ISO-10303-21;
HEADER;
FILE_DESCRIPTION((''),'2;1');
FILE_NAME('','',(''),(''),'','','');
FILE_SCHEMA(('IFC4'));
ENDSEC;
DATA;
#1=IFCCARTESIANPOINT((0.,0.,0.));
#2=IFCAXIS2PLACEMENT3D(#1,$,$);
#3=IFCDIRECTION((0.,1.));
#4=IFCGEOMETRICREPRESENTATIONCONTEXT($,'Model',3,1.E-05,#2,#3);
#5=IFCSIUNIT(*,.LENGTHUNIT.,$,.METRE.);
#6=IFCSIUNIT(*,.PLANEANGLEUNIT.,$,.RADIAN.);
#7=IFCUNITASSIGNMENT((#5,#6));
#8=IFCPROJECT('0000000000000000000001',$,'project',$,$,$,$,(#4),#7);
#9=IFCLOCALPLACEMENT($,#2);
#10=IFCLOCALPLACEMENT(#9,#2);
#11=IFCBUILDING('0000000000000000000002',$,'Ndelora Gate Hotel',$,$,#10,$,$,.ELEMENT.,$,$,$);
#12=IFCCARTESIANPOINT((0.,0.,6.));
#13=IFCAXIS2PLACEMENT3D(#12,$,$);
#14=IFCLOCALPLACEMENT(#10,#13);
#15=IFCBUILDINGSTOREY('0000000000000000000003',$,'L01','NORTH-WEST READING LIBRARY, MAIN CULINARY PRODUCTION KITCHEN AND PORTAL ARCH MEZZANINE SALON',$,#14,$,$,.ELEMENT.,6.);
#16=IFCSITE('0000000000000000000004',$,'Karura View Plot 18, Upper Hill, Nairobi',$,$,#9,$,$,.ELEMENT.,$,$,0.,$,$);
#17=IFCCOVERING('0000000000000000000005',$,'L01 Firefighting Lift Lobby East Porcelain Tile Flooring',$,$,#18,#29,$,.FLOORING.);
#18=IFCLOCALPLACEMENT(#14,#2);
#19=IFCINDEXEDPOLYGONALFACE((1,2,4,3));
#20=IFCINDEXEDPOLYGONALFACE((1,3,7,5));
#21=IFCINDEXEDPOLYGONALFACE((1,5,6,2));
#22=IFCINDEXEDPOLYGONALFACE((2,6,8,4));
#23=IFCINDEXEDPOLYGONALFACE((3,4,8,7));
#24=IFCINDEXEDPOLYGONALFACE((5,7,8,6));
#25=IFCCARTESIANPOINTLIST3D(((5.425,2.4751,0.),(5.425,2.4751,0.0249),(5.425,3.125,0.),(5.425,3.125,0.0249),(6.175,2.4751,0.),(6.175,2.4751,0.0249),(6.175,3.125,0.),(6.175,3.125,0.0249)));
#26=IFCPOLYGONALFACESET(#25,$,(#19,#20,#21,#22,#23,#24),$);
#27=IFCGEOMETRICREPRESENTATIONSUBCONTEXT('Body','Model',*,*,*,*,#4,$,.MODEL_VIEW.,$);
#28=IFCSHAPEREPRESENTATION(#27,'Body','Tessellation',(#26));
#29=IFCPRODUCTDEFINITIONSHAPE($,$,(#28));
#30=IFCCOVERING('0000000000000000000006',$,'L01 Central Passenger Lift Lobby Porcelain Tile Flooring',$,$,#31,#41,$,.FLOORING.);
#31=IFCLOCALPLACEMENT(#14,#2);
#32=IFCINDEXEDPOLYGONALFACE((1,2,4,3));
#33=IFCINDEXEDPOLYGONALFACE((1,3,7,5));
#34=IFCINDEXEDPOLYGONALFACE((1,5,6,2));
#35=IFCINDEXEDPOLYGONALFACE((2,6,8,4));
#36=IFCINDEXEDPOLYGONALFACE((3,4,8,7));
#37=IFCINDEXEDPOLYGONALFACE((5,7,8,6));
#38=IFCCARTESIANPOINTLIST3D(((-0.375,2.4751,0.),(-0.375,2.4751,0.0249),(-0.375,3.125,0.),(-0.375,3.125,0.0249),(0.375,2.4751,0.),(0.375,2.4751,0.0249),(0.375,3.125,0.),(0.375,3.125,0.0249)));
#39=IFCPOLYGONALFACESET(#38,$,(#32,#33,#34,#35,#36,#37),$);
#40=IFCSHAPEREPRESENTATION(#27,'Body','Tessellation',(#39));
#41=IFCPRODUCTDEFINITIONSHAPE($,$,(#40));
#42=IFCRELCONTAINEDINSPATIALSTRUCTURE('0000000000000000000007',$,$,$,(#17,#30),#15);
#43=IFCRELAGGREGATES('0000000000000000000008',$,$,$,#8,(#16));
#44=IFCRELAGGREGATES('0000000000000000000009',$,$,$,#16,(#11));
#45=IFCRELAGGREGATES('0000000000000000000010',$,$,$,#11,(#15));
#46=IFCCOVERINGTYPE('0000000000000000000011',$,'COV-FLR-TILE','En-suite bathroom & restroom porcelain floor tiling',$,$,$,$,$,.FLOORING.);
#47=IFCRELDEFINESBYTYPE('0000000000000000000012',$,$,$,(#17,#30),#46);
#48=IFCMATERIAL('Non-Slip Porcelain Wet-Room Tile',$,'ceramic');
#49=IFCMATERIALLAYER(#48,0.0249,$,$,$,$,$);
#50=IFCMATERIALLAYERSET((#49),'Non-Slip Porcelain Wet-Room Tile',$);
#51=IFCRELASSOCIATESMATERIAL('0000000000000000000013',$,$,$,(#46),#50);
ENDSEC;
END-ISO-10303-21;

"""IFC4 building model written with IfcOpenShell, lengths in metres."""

from ifc_helpers import new_model, si_unit, direction, frame, origin, origin_2d, place, context, subcontext, project, spatial, rectangle, extrude, material, layer, layer_set, type_object, element, save


model = new_model("IFC4")

# Units and contexts
model_context = context("Model", 3, precision=1e-05, world=origin(), true_north=direction((0.0, 1.0)))
body_context = subcontext(model_context, "Body", "Model", "MODEL_VIEW")
ifc_project = project(units=[si_unit("LENGTHUNIT", "METRE"), si_unit("PLANEANGLEUNIT", "RADIAN")], contexts=[model_context])

# Site, building, storey
site_placement = place(None, origin())
site = spatial("IfcSite", under=ifc_project, at=site_placement, Name="Karura View Plot 18, Upper Hill, Nairobi", CompositionType="ELEMENT", RefElevation=0.0)
building_placement = place(site_placement, origin())
building = spatial("IfcBuilding", under=site, at=building_placement, Name="Ndelora Gate Hotel", CompositionType="ELEMENT")
storey_placement = place(building_placement, frame((0.0, 0.0, 6.0)))
storey = spatial("IfcBuildingStorey", under=building, at=storey_placement, Name="L01", Description="NORTH-WEST READING LIBRARY, MAIN CULINARY PRODUCTION KITCHEN AND PORTAL ARCH MEZZANINE SALON", CompositionType="ELEMENT", Elevation=6.0)

# Coverings
ifc_material_1 = material(Name="Non-Slip Porcelain Wet-Room Tile", Category="ceramic")
ifc_layer_1 = layer(ifc_material_1, 0.0249)
ifc_layer_set_1 = layer_set([ifc_layer_1], Name="Non-Slip Porcelain Wet-Room Tile")
covering_type = type_object("IfcCoveringType", Name="COV-FLR-TILE", Description="En-suite bathroom & restroom porcelain floor tiling", PredefinedType="FLOORING", material=ifc_layer_set_1)
for number, where, z_axis, x_axis, name in (
    (1, (5.8, 2.8, 0.0), (0.0, 0.0, 1.0), (1.0, 0.0, 0.0), "L01 Firefighting Lift Lobby East Porcelain Tile Flooring"),
    (2, (0.0, 2.8, 0.0), (0.0, 0.0, 1.0), (1.0, 0.0, 0.0), "L01 Central Passenger Lift Lobby Porcelain Tile Flooring"),
):
    element("IfcCovering", number, at=place(storey_placement, frame(where, z_axis=z_axis, x_axis=x_axis)), inside=storey, type_object=covering_type, Name=name, PredefinedType="FLOORING", context=body_context, shape_type="SweptSolid", body=[
        extrude(rectangle(XDim=0.75, YDim=0.6499, at=origin_2d()), origin(), (0.0, 0.0, 1.0), 0.0249),
    ])

save(model, "model.ifc")
